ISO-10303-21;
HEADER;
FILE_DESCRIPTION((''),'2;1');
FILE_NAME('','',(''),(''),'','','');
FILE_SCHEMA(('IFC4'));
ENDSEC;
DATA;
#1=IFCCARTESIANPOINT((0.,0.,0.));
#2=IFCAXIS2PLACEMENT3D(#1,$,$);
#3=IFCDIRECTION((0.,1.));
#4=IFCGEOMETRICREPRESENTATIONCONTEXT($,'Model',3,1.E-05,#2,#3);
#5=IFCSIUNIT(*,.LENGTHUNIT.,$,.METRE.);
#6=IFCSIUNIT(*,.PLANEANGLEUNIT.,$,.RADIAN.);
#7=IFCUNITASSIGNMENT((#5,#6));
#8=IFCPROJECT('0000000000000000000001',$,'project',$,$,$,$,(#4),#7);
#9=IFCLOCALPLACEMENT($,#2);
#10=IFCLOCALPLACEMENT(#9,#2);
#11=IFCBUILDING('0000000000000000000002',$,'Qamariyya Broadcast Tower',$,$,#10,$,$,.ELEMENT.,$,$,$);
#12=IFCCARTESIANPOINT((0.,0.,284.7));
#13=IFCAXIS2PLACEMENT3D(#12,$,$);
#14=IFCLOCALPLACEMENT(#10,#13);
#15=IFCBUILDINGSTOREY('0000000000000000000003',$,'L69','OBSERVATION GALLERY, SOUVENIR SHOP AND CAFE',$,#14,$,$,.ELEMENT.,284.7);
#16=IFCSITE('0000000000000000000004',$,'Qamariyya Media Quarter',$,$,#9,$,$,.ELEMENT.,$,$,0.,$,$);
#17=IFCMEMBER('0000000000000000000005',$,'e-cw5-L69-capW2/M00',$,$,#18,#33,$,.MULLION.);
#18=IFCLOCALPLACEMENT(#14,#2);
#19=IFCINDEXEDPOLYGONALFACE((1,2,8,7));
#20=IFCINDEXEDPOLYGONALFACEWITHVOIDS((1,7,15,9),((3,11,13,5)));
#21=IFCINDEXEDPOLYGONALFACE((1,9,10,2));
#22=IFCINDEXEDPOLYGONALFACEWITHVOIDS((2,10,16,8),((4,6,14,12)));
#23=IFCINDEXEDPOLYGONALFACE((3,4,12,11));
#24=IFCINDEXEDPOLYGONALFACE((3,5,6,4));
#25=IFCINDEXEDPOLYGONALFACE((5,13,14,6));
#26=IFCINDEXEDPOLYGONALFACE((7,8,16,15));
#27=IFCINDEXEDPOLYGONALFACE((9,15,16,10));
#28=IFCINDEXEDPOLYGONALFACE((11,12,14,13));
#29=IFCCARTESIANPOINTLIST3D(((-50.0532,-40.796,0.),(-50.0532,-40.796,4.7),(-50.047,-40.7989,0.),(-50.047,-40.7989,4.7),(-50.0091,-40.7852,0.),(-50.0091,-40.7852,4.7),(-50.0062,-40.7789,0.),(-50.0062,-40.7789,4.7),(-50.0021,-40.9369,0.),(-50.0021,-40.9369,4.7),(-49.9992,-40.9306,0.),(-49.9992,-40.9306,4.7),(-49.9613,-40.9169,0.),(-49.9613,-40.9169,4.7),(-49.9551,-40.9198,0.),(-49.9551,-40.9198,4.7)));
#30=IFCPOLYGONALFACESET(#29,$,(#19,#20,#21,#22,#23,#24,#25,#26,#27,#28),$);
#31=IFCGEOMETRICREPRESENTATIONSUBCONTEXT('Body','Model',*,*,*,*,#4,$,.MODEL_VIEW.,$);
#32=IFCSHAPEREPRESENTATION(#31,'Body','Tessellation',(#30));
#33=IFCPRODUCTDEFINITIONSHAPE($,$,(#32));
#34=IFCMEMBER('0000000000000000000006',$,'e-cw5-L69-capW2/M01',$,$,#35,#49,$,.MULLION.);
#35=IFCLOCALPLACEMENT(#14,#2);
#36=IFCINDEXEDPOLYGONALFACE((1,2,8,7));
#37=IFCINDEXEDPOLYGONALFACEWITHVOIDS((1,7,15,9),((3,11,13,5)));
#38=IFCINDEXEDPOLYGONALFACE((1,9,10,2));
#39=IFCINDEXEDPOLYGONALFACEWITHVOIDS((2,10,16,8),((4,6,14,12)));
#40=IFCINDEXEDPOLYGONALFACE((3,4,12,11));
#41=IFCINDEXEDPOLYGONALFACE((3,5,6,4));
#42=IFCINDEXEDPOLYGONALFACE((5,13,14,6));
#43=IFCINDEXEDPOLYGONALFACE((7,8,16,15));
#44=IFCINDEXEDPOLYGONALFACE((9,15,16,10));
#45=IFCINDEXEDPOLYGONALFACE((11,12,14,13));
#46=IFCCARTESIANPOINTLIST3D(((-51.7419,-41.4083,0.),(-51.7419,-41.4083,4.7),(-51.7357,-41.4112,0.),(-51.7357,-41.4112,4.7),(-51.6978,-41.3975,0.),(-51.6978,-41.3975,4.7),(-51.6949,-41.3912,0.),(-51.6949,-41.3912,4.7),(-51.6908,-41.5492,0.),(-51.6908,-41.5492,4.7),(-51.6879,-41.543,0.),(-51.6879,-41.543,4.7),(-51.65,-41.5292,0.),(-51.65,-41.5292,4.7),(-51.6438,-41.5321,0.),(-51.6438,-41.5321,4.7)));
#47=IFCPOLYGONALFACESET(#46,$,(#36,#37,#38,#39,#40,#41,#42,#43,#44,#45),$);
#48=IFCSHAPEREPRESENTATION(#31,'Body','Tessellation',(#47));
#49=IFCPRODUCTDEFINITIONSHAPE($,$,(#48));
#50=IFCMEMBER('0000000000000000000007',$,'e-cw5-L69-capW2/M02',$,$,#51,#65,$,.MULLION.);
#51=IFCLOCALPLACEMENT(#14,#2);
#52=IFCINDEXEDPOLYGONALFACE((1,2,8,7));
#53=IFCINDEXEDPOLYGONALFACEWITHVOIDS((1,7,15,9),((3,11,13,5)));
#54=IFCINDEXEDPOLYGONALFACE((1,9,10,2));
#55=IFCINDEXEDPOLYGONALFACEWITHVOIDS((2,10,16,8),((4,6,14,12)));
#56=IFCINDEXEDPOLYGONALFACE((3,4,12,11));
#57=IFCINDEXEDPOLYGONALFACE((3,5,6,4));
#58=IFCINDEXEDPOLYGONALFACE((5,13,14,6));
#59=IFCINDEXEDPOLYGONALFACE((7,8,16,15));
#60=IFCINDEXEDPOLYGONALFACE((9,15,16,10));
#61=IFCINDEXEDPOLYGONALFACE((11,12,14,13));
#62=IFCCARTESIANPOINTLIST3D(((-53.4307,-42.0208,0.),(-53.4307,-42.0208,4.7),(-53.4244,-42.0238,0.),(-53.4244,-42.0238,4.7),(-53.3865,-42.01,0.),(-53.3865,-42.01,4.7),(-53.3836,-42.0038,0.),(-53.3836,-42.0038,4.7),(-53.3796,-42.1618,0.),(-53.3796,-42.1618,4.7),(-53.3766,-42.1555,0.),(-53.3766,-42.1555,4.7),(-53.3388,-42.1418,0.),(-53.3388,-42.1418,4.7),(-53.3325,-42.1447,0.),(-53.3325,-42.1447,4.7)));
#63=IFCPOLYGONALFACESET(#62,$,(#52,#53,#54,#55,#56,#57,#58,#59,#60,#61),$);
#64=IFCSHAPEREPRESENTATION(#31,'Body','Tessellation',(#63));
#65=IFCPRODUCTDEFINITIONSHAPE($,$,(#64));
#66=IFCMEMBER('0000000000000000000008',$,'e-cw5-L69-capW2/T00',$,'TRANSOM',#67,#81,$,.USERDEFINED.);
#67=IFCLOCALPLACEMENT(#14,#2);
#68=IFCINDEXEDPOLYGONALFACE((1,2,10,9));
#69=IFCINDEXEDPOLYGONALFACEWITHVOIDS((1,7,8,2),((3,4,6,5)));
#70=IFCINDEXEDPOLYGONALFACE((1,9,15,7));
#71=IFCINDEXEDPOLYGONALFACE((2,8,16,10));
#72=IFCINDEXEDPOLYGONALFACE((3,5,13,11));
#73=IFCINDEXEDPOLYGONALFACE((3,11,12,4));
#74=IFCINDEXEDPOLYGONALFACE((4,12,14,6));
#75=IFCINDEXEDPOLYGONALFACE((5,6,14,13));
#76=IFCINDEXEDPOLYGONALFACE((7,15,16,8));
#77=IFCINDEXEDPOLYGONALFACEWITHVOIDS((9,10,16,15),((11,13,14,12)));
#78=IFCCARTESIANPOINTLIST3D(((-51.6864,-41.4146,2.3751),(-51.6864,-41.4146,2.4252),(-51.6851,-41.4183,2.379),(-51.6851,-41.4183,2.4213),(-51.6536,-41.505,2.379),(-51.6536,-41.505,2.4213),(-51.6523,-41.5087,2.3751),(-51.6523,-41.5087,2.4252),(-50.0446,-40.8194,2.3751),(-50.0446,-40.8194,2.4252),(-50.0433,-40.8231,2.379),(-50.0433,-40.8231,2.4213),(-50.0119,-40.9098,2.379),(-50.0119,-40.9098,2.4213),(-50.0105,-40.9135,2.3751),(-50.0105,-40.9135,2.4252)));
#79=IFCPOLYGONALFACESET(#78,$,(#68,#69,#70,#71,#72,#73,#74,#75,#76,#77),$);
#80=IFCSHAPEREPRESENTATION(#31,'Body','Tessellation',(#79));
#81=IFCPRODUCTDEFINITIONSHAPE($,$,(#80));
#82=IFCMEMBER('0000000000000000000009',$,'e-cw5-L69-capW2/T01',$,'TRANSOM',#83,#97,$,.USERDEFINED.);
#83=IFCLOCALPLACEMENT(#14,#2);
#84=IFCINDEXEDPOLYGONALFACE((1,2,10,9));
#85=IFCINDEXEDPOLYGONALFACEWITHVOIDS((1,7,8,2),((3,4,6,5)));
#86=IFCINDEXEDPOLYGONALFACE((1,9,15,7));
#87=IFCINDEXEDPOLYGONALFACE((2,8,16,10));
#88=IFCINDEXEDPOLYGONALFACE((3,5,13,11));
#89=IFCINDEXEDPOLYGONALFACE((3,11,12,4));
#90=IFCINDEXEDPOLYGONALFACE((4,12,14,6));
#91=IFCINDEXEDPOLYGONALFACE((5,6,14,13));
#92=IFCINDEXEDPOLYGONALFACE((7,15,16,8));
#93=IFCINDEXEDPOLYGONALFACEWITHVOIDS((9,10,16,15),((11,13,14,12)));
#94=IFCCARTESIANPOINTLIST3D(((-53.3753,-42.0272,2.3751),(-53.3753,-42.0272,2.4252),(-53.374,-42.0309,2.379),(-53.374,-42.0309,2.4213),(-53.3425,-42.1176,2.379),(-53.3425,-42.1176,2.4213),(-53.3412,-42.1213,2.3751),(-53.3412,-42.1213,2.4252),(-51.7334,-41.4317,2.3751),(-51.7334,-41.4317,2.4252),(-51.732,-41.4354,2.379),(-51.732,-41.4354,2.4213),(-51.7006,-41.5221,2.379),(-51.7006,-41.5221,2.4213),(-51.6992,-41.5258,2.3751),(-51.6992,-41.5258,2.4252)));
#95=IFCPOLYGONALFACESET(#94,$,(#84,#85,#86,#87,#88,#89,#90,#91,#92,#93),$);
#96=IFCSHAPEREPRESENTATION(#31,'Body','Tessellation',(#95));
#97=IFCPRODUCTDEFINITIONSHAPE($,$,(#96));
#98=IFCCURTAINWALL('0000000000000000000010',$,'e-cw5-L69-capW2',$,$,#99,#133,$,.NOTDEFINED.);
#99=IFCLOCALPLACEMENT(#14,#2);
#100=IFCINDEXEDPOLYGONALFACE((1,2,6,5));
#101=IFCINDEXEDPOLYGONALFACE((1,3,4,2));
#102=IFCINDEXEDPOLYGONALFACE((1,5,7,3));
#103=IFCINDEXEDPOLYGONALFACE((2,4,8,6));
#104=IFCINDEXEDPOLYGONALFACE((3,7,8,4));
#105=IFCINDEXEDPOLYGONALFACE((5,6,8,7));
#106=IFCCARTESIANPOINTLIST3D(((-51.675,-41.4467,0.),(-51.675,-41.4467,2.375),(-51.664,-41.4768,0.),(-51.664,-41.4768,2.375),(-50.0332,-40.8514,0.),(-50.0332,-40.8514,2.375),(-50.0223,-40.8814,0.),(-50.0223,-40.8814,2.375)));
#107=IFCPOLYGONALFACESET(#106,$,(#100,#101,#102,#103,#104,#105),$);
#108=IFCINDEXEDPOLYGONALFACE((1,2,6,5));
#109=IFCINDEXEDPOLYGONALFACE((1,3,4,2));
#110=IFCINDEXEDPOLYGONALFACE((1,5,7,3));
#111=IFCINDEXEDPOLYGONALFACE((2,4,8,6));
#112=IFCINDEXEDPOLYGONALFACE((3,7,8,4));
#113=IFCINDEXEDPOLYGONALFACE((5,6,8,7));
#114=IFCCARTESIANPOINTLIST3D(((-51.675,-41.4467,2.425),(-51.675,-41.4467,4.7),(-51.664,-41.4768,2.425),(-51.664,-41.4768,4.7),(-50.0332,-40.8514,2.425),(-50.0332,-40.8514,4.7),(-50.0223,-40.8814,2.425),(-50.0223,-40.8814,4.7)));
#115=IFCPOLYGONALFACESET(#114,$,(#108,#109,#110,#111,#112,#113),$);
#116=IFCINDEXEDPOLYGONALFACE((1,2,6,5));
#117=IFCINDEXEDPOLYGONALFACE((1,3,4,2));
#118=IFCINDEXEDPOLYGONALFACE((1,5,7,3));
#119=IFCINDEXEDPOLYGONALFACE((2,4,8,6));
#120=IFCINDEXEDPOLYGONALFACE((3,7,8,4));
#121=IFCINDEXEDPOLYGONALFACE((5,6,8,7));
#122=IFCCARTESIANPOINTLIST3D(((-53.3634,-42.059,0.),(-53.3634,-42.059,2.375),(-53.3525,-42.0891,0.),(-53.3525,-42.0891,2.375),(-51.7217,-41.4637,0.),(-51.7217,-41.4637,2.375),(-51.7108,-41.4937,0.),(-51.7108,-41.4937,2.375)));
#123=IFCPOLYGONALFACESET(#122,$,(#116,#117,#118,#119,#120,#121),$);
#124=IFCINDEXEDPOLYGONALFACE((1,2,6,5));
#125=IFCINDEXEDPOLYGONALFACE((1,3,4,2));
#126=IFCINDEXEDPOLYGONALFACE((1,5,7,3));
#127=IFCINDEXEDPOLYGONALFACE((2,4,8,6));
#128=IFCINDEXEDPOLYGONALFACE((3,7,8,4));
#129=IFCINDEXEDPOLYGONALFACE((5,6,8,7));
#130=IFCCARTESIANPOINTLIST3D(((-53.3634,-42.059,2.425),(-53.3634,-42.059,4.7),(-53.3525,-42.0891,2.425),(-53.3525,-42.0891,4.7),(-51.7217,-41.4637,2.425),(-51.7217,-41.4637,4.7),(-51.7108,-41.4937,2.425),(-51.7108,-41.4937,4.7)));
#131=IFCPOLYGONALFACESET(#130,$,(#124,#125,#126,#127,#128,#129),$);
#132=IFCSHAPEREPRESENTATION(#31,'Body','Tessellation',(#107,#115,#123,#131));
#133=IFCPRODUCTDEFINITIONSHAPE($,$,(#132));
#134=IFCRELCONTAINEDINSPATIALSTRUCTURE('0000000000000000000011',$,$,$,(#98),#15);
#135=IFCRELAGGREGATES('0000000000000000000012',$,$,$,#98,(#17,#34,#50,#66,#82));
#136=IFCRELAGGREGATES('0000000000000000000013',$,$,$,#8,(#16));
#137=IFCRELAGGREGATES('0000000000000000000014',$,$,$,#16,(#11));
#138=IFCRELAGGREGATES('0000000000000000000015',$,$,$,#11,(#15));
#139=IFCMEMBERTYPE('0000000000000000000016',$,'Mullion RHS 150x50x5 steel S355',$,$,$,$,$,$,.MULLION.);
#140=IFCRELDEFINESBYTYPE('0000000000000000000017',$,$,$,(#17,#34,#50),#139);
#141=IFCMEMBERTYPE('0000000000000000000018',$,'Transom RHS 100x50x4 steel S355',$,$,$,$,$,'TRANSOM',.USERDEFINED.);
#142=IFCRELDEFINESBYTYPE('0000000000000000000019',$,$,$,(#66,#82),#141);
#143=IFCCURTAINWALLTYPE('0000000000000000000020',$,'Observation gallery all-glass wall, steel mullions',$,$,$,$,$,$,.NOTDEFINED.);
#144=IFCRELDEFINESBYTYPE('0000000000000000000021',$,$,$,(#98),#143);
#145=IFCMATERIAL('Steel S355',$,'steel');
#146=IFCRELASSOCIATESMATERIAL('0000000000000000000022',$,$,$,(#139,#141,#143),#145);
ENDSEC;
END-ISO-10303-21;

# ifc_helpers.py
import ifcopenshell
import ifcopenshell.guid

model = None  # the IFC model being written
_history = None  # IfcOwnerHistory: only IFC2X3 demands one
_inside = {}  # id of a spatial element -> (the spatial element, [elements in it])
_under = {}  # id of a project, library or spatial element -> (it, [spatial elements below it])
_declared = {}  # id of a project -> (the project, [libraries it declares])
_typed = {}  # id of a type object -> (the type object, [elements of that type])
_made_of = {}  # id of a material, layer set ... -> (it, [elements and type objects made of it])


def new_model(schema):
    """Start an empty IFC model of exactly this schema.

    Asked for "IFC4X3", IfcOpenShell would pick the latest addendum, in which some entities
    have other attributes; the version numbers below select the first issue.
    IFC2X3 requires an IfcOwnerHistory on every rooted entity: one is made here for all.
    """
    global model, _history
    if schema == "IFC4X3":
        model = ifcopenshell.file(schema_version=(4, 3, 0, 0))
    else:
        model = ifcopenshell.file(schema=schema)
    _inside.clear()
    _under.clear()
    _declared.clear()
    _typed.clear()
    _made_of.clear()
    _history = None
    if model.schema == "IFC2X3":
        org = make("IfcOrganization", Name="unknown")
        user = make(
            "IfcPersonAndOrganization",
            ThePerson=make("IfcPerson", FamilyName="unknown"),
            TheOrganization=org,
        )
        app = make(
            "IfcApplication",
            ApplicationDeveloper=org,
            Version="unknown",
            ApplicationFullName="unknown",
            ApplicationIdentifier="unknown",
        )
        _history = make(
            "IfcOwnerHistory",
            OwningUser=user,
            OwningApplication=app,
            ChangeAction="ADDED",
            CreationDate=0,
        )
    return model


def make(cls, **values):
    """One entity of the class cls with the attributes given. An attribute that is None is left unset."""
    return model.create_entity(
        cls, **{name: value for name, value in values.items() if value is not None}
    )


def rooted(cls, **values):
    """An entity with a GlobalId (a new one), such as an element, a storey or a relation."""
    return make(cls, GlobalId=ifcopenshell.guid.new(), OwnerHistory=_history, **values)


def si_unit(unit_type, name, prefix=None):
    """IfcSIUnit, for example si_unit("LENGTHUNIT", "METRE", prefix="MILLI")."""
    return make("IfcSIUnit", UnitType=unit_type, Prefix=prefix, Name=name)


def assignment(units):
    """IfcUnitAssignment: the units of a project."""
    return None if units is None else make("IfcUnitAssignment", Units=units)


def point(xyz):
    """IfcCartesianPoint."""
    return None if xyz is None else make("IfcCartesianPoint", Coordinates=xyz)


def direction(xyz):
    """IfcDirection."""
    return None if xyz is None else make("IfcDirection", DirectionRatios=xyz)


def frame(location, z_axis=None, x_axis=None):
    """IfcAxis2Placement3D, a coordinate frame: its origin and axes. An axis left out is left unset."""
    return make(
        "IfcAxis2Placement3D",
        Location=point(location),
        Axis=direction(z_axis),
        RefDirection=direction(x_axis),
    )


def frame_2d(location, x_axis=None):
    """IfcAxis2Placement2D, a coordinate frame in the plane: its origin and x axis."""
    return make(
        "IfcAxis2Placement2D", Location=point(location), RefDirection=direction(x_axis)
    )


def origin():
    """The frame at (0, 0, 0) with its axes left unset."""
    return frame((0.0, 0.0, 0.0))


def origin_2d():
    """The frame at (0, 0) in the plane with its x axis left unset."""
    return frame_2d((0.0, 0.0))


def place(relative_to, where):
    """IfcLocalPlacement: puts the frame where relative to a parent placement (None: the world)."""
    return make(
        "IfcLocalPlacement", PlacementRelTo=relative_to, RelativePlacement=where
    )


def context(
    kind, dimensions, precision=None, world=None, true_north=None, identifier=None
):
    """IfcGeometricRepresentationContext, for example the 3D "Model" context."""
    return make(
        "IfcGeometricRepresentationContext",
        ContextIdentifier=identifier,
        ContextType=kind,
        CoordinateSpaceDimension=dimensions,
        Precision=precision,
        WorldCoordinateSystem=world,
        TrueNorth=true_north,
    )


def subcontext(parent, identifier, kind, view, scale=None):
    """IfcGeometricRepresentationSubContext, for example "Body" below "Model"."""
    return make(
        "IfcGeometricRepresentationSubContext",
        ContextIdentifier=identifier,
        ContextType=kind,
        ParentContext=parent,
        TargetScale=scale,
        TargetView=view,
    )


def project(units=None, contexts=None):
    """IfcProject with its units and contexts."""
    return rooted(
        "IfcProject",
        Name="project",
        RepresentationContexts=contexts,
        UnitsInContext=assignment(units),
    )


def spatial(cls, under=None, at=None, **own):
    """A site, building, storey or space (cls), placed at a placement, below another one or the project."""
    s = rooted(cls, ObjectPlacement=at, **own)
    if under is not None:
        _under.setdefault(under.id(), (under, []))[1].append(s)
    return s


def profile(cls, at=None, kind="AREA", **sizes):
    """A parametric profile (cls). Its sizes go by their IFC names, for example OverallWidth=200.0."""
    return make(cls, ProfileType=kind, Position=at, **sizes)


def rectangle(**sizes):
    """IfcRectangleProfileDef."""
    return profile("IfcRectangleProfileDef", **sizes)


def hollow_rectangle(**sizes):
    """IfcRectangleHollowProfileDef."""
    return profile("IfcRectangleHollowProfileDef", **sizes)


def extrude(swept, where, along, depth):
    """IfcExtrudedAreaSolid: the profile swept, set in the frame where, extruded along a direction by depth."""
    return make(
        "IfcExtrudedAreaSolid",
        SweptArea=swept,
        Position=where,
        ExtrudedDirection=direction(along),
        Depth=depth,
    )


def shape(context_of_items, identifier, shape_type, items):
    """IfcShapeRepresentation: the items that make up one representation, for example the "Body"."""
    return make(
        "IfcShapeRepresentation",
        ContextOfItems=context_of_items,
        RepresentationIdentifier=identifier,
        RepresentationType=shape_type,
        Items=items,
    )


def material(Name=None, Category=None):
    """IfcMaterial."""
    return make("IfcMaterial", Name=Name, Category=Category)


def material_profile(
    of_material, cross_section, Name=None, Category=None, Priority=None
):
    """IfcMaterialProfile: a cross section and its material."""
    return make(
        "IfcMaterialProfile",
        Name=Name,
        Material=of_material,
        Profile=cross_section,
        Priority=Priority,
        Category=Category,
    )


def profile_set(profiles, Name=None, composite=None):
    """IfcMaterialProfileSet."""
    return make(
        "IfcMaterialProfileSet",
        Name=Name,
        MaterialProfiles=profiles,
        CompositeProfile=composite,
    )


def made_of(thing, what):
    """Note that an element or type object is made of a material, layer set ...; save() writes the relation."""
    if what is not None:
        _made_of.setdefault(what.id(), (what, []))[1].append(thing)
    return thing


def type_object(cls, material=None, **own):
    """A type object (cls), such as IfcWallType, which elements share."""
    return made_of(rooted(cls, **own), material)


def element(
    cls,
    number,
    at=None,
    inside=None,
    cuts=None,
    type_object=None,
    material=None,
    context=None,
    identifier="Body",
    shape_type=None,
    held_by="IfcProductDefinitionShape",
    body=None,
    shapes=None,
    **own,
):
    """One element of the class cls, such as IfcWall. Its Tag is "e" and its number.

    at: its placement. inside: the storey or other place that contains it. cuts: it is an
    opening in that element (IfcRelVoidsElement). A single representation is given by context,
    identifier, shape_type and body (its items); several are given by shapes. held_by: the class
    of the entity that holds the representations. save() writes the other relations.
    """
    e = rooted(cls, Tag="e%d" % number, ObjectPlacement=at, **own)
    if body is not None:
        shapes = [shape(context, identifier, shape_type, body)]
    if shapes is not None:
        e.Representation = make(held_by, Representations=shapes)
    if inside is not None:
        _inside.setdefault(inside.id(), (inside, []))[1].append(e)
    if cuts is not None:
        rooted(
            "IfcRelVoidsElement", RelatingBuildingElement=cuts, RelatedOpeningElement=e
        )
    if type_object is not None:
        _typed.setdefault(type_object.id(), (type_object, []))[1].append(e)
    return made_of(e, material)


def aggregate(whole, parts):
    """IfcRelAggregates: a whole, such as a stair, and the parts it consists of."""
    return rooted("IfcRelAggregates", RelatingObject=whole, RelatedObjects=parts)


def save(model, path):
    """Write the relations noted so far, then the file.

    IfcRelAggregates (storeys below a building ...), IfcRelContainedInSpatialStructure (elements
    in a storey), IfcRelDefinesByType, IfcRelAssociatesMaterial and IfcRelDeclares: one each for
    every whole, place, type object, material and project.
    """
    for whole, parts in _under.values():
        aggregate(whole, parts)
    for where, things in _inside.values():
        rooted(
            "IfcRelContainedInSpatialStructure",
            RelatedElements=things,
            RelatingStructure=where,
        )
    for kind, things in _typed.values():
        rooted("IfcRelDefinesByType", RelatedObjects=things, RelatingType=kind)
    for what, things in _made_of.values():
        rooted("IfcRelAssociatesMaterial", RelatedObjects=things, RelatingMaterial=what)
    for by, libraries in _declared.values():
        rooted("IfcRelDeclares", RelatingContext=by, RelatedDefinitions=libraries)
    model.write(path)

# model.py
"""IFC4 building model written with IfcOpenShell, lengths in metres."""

from ifc_helpers import new_model, si_unit, direction, frame, origin, origin_2d, place, context, subcontext, project, spatial, rectangle, hollow_rectangle, extrude, material, material_profile, profile_set, type_object, element, aggregate, save


model = new_model("IFC4")

# Units and contexts
model_context = context("Model", 3, precision=1e-05, world=origin(), true_north=direction((0.0, 1.0)))
body_context = subcontext(model_context, "Body", "Model", "MODEL_VIEW")
ifc_project = project(units=[si_unit("LENGTHUNIT", "METRE"), si_unit("PLANEANGLEUNIT", "RADIAN")], contexts=[model_context])

# Members
ifc_material = material(Name="Steel S355", Category="steel")
ifc_material_profile_1 = material_profile(ifc_material, hollow_rectangle(XDim=0.1499, YDim=0.05, WallThickness=0.0049, at=origin_2d()))
ifc_profile_set_1 = profile_set([ifc_material_profile_1], Name="Steel S355")
member_type_1 = type_object("IfcMemberType", Name="Mullion RHS 150x50x5 steel S355", PredefinedType="MULLION", material=ifc_profile_set_1)
site_placement = place(None, origin())
building_placement = place(site_placement, origin())
storey_placement = place(building_placement, frame((0.0, 0.0, 284.7)))
member_1_placement = place(storey_placement, frame((-50.0042, -40.8579, 0.0), z_axis=(0.0, 0.0, 1.0), x_axis=(0.340913, -0.940095, 0.0)))
member_1 = element("IfcMember", 1, at=member_1_placement, type_object=member_type_1, Name="e-cw5-L69-capW2/M00", PredefinedType="MULLION", context=body_context, shape_type="SweptSolid", body=[
    extrude(hollow_rectangle(XDim=0.1499, YDim=0.05, WallThickness=0.0049, at=origin_2d()), origin(), (0.0, 0.0, 1.0), 4.7),
])
member_2_placement = place(storey_placement, frame((-51.6929, -41.4702, 0.0), z_axis=(0.0, 0.0, 1.0), x_axis=(0.340913, -0.940095, 0.0)))
member_2 = element("IfcMember", 2, at=member_2_placement, type_object=member_type_1, Name="e-cw5-L69-capW2/M01", PredefinedType="MULLION", context=body_context, shape_type="SweptSolid", body=[
    extrude(hollow_rectangle(XDim=0.1499, YDim=0.05, WallThickness=0.0049, at=origin_2d()), origin(), (0.0, 0.0, 1.0), 4.7),
])
member_3_placement = place(storey_placement, frame((-53.3816, -42.0828, 0.0), z_axis=(0.0, 0.0, 1.0), x_axis=(0.340913, -0.940095, 0.0)))
member_3 = element("IfcMember", 3, at=member_3_placement, type_object=member_type_1, Name="e-cw5-L69-capW2/M02", PredefinedType="MULLION", context=body_context, shape_type="SweptSolid", body=[
    extrude(hollow_rectangle(XDim=0.1499, YDim=0.05, WallThickness=0.0049, at=origin_2d()), origin(), (0.0, 0.0, 1.0), 4.7),
])
ifc_material_profile_2 = material_profile(ifc_material, hollow_rectangle(XDim=0.1001, YDim=0.05, WallThickness=0.0039, at=origin_2d()))
ifc_profile_set_2 = profile_set([ifc_material_profile_2], Name="Steel S355")
member_type_2 = type_object("IfcMemberType", Name="Transom RHS 100x50x4 steel S355", ElementType="TRANSOM", PredefinedType="USERDEFINED", material=ifc_profile_set_2)
member_4_placement = place(storey_placement, frame((-50.0276, -40.8665, 2.4001), z_axis=(-0.940128, -0.340822, 0.0), x_axis=(0.340822, -0.940128, 0.0)))
member_4 = element("IfcMember", 4, at=member_4_placement, type_object=member_type_2, Name="e-cw5-L69-capW2/T00", ObjectType="TRANSOM", PredefinedType="USERDEFINED", context=body_context, shape_type="SweptSolid", body=[
    extrude(hollow_rectangle(XDim=0.1001, YDim=0.05, WallThickness=0.0039, at=origin_2d()), origin(), (0.0, 0.0, 1.0), 1.7463),
])
member_5_placement = place(storey_placement, frame((-51.7163, -41.4788, 2.4001), z_axis=(-0.940083, -0.340946, 0.0), x_axis=(0.340946, -0.940083, 0.0)))
member_5 = element("IfcMember", 5, at=member_5_placement, type_object=member_type_2, Name="e-cw5-L69-capW2/T01", ObjectType="TRANSOM", PredefinedType="USERDEFINED", context=body_context, shape_type="SweptSolid", body=[
    extrude(hollow_rectangle(XDim=0.1001, YDim=0.05, WallThickness=0.0039, at=origin_2d()), origin(), (0.0, 0.0, 1.0), 1.7466),
])

# Site, building, storey
site = spatial("IfcSite", under=ifc_project, at=site_placement, Name="Qamariyya Media Quarter", CompositionType="ELEMENT", RefElevation=0.0)
building = spatial("IfcBuilding", under=site, at=building_placement, Name="Qamariyya Broadcast Tower", CompositionType="ELEMENT")
storey = spatial("IfcBuildingStorey", under=building, at=storey_placement, Name="L69", Description="OBSERVATION GALLERY, SOUVENIR SHOP AND CAFE", CompositionType="ELEMENT", Elevation=284.7)

# Curtain wall
curtain_wall_type = type_object("IfcCurtainWallType", Name="Observation gallery all-glass wall, steel mullions", PredefinedType="NOTDEFINED", material=ifc_material)
curtain_wall_1_placement = place(storey_placement, origin())
curtain_wall_1 = element("IfcCurtainWall", 6, at=curtain_wall_1_placement, inside=storey, type_object=curtain_wall_type, Name="e-cw5-L69-capW2", PredefinedType="NOTDEFINED", context=body_context, shape_type="SweptSolid", body=[
    extrude(rectangle(XDim=1.7463, YDim=0.032, at=origin_2d()), frame((-50.8486, -41.1641, 0.0), x_axis=(-0.940102, -0.340893, 0.0)), (0.0, 0.0, 1.0), 2.375),
    extrude(rectangle(XDim=1.7463, YDim=0.032, at=origin_2d()), frame((-50.8486, -41.1641, 2.425), x_axis=(-0.940102, -0.340893, 0.0)), (0.0, 0.0, 1.0), 2.2749),
    extrude(rectangle(XDim=1.7463, YDim=0.032, at=origin_2d()), frame((-52.5371, -41.7764, 0.0), x_axis=(-0.940102, -0.340893, 0.0)), (0.0, 0.0, 1.0), 2.375),
    extrude(rectangle(XDim=1.7463, YDim=0.032, at=origin_2d()), frame((-52.5371, -41.7764, 2.425), x_axis=(-0.940102, -0.340893, 0.0)), (0.0, 0.0, 1.0), 2.2749),
])
aggregate(curtain_wall_1, [member_1, member_2, member_3, member_4, member_5])

save(model, "model.ifc")
